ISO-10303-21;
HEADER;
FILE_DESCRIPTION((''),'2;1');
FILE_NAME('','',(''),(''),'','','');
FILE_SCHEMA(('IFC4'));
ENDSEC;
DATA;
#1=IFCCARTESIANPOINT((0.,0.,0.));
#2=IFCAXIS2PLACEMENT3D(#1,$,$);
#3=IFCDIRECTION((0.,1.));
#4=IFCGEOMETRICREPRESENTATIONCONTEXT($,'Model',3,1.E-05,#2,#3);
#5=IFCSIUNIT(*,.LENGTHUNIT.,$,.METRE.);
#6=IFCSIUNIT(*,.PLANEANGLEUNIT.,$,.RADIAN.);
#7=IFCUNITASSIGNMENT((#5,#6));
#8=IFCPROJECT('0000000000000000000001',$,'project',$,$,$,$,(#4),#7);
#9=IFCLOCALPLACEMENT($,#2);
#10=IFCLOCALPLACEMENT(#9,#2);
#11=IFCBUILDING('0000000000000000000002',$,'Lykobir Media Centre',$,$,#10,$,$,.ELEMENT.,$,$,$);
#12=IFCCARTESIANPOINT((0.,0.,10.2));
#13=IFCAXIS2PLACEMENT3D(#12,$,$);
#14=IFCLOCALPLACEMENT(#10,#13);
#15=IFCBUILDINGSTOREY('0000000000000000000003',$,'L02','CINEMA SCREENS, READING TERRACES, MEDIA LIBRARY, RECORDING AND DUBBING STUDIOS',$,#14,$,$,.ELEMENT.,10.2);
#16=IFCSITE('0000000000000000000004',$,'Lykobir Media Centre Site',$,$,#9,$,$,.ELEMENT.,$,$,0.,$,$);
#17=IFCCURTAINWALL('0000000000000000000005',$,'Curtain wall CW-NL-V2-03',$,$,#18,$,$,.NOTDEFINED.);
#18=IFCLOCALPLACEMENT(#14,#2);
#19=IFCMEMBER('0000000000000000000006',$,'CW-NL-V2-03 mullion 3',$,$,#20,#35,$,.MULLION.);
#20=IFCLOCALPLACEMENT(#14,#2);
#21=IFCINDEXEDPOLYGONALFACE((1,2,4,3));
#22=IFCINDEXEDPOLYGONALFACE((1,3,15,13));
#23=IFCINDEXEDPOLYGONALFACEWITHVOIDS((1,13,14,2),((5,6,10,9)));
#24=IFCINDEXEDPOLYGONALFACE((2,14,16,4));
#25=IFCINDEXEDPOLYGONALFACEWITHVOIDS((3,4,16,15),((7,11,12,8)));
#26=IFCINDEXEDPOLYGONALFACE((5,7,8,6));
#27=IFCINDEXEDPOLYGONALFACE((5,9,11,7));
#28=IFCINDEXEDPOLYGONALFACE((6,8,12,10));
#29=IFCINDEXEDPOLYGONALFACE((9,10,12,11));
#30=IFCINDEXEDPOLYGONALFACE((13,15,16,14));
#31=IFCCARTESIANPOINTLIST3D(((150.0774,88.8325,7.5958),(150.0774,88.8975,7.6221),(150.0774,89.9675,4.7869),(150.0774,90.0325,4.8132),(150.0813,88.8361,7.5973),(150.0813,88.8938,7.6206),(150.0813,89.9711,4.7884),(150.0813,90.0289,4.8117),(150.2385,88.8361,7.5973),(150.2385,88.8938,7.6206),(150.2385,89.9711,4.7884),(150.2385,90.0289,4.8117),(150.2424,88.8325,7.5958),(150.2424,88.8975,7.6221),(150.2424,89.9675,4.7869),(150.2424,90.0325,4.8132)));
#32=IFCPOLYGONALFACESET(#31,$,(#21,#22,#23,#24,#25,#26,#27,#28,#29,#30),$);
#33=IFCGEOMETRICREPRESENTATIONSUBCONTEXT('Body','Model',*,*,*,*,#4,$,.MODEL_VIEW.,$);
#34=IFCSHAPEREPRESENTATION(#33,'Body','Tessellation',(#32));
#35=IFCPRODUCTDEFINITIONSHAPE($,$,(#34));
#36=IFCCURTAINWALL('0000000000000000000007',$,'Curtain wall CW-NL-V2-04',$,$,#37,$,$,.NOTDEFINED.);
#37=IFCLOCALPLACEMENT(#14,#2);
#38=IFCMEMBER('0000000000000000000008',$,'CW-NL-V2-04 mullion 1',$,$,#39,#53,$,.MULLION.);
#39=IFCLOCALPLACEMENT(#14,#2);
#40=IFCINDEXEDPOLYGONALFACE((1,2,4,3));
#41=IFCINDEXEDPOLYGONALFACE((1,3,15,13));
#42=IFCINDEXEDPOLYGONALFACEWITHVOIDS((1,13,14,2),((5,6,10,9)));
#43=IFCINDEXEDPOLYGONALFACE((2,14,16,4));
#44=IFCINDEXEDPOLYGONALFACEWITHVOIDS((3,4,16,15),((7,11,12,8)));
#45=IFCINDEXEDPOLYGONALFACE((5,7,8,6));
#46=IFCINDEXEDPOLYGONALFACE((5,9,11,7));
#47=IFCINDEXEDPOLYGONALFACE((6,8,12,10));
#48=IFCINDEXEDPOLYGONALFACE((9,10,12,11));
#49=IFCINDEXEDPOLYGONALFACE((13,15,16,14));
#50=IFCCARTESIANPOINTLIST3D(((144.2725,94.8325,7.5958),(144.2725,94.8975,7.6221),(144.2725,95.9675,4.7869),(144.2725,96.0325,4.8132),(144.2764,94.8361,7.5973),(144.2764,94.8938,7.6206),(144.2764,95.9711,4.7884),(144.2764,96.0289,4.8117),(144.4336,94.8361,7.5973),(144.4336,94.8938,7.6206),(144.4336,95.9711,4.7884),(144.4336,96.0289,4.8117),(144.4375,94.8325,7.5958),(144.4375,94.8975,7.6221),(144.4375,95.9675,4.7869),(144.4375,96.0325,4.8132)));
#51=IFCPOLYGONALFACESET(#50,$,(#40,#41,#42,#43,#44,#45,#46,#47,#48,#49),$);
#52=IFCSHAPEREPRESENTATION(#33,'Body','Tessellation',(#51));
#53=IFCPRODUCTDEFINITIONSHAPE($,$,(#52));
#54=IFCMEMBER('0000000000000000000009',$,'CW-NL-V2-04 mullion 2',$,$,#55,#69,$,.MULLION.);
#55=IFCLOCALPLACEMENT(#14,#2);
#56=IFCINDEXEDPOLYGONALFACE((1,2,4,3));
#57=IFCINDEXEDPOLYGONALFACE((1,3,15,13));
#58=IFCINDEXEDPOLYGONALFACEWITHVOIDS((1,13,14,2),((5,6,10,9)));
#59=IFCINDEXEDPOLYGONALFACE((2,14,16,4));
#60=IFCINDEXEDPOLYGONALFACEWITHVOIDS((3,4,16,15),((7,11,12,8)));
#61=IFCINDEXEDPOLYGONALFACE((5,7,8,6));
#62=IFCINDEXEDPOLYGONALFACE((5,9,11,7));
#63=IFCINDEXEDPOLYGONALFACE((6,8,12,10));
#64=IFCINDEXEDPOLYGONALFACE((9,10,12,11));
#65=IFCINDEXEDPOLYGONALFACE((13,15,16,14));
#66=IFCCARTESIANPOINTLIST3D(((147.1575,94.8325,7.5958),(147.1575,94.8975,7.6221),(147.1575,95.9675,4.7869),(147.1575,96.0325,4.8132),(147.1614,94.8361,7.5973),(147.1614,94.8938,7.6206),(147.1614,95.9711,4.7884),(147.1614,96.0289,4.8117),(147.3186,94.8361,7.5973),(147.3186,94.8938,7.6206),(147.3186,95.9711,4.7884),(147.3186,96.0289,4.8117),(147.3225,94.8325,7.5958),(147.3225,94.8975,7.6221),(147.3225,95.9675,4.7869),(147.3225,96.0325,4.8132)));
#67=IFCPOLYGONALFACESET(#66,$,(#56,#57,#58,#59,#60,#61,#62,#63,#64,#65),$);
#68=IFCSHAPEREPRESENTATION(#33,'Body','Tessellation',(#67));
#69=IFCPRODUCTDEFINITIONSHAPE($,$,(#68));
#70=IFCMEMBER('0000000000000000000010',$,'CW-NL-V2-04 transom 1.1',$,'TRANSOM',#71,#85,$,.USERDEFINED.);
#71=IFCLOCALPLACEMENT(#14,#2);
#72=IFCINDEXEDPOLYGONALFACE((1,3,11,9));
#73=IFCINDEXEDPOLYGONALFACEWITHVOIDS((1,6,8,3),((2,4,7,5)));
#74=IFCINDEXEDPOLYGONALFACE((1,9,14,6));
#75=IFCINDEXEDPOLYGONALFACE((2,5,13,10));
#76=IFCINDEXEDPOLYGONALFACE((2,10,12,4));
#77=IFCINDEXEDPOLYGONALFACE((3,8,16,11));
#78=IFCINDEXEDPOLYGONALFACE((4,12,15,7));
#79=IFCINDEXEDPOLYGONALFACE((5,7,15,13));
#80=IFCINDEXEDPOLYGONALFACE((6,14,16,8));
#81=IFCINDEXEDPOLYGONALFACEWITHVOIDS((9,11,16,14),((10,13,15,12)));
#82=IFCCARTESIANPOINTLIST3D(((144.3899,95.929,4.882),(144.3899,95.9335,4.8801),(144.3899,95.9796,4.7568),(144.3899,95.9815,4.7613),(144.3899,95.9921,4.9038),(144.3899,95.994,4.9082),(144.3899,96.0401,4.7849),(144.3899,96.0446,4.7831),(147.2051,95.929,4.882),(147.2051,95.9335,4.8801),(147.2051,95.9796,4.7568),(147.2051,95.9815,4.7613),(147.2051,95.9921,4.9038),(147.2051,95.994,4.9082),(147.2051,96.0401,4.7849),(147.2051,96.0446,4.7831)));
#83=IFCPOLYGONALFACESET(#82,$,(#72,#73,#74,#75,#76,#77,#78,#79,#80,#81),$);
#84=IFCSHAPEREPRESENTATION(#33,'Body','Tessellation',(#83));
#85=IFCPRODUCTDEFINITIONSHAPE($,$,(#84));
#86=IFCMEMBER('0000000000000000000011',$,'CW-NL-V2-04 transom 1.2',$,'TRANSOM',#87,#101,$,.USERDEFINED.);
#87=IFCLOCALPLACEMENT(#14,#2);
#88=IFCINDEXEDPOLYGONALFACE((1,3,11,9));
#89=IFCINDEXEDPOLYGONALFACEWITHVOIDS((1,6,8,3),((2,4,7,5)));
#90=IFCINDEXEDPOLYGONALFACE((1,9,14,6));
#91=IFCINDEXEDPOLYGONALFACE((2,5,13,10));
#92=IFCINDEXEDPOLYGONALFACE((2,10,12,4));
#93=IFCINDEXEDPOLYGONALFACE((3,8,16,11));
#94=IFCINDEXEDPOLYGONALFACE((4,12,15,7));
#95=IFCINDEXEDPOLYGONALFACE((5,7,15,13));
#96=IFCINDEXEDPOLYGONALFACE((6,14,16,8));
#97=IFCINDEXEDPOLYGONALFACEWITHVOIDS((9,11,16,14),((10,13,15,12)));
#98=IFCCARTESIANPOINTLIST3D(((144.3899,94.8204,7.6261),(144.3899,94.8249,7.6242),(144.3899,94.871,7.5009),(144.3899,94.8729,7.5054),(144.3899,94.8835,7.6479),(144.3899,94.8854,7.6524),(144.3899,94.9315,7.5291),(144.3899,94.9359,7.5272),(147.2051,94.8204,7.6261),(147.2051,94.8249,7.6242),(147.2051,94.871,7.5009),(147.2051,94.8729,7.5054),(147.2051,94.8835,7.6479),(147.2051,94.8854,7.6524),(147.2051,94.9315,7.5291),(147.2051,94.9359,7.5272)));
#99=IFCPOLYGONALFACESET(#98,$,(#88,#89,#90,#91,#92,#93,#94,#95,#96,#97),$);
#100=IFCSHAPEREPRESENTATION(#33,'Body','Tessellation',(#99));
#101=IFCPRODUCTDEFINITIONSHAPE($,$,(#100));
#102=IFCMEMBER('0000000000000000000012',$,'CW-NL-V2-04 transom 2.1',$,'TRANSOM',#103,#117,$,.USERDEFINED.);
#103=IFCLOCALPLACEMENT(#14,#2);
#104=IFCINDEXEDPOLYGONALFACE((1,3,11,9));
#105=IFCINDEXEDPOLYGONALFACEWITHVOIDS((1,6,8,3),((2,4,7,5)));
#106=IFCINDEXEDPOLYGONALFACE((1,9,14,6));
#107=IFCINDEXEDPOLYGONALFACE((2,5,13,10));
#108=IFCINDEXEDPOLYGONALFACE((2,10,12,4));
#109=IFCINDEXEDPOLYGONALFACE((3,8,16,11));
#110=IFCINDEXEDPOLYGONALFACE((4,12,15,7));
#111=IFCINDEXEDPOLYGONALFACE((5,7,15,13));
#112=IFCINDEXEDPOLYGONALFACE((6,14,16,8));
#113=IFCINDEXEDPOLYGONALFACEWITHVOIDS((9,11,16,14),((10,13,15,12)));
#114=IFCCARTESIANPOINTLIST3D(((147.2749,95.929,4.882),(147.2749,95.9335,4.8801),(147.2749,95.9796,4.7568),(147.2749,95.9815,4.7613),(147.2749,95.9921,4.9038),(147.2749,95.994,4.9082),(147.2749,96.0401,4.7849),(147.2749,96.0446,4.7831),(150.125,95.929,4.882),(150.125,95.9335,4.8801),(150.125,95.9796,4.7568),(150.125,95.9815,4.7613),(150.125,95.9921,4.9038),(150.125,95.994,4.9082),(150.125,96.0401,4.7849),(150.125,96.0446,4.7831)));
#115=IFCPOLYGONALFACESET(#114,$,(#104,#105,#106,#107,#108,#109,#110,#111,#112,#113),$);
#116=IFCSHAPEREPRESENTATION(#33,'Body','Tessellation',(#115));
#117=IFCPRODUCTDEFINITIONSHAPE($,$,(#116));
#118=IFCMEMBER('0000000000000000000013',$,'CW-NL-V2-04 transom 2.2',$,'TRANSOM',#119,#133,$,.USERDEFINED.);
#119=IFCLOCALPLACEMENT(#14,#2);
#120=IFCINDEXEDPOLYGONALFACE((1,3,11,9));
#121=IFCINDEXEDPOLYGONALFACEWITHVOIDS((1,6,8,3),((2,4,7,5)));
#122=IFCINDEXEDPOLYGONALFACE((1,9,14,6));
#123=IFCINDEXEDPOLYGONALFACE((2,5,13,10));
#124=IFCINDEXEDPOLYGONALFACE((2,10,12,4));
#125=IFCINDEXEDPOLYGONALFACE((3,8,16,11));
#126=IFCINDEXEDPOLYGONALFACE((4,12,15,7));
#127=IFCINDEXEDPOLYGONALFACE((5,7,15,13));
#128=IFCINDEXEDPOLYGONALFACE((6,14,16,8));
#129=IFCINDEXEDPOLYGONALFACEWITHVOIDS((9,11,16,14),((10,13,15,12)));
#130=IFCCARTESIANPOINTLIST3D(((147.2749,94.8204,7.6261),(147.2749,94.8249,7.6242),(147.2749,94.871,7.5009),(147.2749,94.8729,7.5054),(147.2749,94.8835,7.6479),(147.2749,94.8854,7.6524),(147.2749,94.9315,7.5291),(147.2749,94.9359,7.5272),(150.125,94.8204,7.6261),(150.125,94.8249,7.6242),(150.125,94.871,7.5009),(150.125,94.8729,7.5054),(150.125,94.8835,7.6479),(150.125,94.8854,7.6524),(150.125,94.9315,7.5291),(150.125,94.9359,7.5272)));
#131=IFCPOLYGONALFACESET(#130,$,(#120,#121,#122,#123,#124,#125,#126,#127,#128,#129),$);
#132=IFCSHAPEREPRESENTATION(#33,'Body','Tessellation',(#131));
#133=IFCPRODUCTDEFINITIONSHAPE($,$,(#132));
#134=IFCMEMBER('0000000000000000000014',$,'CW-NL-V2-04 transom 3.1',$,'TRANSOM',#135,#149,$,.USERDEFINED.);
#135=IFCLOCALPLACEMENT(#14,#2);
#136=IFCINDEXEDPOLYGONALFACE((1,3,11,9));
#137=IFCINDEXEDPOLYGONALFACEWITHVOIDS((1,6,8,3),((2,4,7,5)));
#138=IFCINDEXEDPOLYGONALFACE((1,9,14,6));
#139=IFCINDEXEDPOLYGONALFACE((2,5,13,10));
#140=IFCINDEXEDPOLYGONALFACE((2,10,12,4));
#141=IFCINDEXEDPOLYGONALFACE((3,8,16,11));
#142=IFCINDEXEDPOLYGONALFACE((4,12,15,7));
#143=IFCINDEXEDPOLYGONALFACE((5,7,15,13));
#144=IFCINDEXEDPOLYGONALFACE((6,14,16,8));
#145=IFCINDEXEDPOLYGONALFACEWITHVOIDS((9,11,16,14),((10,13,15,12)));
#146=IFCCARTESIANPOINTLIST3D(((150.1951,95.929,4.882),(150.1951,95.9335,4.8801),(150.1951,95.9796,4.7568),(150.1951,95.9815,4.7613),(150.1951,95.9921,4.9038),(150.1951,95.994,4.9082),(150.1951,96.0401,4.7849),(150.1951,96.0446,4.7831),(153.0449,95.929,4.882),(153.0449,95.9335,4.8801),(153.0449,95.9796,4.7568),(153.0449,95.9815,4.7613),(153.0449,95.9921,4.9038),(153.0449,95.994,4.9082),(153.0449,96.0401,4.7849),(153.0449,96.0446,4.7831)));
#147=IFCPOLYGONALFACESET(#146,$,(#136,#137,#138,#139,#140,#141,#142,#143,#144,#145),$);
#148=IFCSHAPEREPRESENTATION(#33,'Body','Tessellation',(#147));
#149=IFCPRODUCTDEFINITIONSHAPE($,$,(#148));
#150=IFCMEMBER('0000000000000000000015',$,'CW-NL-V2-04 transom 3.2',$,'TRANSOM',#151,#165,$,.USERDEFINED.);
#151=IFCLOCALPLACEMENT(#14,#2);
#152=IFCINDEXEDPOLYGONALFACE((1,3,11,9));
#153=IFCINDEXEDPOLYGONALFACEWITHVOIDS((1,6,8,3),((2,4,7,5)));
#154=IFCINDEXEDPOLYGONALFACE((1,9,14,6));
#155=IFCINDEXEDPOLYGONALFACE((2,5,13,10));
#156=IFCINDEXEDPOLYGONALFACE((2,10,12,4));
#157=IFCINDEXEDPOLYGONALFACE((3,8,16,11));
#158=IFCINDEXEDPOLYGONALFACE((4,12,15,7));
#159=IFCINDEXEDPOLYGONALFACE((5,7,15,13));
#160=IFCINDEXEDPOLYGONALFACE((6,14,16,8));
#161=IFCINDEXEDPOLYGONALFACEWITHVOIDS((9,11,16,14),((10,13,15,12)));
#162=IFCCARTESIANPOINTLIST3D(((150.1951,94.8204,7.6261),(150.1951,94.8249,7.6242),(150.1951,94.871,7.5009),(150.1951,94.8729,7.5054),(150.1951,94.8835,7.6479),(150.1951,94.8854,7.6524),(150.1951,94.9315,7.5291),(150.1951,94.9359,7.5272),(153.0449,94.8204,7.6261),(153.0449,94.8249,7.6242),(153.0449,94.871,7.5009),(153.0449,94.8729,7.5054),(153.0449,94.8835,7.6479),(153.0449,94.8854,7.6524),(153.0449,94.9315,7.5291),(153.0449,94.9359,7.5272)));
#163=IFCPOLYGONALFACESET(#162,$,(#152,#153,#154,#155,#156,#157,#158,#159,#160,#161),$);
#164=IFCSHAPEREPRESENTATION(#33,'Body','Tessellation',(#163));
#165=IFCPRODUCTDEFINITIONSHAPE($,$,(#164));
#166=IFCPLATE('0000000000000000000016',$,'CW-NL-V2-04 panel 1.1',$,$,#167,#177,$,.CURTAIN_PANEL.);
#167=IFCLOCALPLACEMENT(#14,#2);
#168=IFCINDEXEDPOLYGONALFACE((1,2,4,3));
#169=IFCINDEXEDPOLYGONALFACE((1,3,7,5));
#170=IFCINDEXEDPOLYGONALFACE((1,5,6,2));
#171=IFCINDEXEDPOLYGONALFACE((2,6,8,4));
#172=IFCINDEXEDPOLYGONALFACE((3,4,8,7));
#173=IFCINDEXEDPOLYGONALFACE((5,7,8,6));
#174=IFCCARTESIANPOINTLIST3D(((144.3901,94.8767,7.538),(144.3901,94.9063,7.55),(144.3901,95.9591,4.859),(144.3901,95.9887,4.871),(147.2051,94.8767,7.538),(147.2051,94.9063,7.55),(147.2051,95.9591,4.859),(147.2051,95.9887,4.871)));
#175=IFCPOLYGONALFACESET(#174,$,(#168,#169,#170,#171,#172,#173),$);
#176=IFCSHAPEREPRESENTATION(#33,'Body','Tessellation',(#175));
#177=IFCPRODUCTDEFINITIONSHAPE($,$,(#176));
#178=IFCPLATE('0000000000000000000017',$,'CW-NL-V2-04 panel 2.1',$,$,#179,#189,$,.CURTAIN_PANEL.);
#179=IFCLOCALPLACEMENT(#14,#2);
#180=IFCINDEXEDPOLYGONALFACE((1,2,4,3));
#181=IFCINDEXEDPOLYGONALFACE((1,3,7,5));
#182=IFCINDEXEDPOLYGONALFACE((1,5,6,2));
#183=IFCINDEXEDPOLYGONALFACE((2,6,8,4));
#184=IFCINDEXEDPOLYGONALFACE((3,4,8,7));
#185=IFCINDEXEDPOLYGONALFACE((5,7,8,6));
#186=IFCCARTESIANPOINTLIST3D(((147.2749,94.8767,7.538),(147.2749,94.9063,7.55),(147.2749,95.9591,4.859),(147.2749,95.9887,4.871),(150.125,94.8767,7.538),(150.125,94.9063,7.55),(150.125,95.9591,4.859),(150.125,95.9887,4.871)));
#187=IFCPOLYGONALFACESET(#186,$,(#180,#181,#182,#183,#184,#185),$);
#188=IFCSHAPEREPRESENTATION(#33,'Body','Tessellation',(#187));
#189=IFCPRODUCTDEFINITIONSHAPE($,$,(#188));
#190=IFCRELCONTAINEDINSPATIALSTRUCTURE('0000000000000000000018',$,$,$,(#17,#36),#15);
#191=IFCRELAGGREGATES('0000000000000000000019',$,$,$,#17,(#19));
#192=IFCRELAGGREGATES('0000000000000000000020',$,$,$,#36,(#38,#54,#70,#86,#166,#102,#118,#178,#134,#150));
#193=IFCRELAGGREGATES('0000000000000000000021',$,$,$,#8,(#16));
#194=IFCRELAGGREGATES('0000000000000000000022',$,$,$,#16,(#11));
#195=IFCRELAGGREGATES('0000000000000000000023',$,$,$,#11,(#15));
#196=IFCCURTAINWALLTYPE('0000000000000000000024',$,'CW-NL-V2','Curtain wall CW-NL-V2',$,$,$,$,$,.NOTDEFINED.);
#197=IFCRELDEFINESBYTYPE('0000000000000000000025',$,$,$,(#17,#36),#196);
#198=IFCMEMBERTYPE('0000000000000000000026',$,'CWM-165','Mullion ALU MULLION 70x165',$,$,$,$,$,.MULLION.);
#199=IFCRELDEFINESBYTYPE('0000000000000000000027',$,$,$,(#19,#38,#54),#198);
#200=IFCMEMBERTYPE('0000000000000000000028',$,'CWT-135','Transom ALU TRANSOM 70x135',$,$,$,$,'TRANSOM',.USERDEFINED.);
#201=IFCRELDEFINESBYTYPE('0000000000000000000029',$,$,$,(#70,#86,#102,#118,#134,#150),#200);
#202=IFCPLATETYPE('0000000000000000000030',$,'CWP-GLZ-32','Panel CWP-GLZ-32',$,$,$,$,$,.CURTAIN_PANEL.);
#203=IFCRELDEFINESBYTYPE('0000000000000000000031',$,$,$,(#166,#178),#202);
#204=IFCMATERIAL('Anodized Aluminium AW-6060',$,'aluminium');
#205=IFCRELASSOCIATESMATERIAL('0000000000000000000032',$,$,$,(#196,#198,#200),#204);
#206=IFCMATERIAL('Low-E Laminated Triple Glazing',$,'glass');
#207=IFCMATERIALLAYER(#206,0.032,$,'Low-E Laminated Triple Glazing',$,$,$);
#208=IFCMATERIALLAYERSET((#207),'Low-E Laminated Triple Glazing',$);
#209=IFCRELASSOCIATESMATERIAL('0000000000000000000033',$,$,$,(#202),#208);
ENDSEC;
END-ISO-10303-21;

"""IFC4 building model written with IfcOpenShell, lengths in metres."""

from ifc_helpers import new_model, si_unit, direction, frame, origin, origin_2d, place, context, subcontext, project, spatial, rectangle, hollow_rectangle, extrude, material, layer, layer_set, material_profile, profile_set, type_object, element, aggregate, save


model = new_model("IFC4")

# Units and contexts
model_context = context("Model", 3, precision=1e-05, world=origin(), true_north=direction((0.0, 1.0)))
body_context = subcontext(model_context, "Body", "Model", "MODEL_VIEW")
ifc_project = project(units=[si_unit("LENGTHUNIT", "METRE"), si_unit("PLANEANGLEUNIT", "RADIAN")], contexts=[model_context])

# Site, building, storey
site_placement = place(None, origin())
site = spatial("IfcSite", under=ifc_project, at=site_placement, Name="Lykobir Media Centre Site", CompositionType="ELEMENT", RefElevation=0.0)
building_placement = place(site_placement, origin())
building = spatial("IfcBuilding", under=site, at=building_placement, Name="Lykobir Media Centre", CompositionType="ELEMENT")
storey_placement = place(building_placement, frame((0.0, 0.0, 10.2)))
storey = spatial("IfcBuildingStorey", under=building, at=storey_placement, Name="L02", Description="CINEMA SCREENS, READING TERRACES, MEDIA LIBRARY, RECORDING AND DUBBING STUDIOS", CompositionType="ELEMENT", Elevation=10.2)

# Curtain wall, member
ifc_material_1 = material(Name="Anodized Aluminium AW-6060", Category="aluminium")
curtain_wall_type = type_object("IfcCurtainWallType", Name="CW-NL-V2", Description="Curtain wall CW-NL-V2", PredefinedType="NOTDEFINED", material=ifc_material_1)
curtain_wall_1_placement = place(storey_placement, origin())
curtain_wall_1 = element("IfcCurtainWall", 1, at=curtain_wall_1_placement, inside=storey, type_object=curtain_wall_type, Name="Curtain wall CW-NL-V2-03", PredefinedType="NOTDEFINED")
ifc_material_profile_1 = material_profile(ifc_material_1, hollow_rectangle(XDim=0.0701, YDim=0.165, WallThickness=0.0039, at=origin_2d()), Name="ALU MULLION 70x165")
ifc_profile_set_1 = profile_set([ifc_material_profile_1], Name="Anodized Aluminium AW-6060")
member_type_1 = type_object("IfcMemberType", Name="CWM-165", Description="Mullion ALU MULLION 70x165", PredefinedType="MULLION", material=ifc_profile_set_1)
member_1_placement = place(storey_placement, frame((150.1599, 90.0, 4.8), z_axis=(0.0, -0.374654, 0.927165), x_axis=(0.0, 0.927165, 0.374654)))
member_1 = element("IfcMember", 2, at=member_1_placement, type_object=member_type_1, Name="CW-NL-V2-03 mullion 3", PredefinedType="MULLION", context=body_context, shape_type="SweptSolid", body=[
    extrude(hollow_rectangle(XDim=0.0701, YDim=0.165, WallThickness=0.0039, at=origin_2d()), origin(), (0.0, 0.0, 1.0), 3.0295),
])
aggregate(curtain_wall_1, [member_1])

# Curtain wall, members, plates
curtain_wall_2_placement = place(storey_placement, origin())
curtain_wall_2 = element("IfcCurtainWall", 3, at=curtain_wall_2_placement, inside=storey, type_object=curtain_wall_type, Name="Curtain wall CW-NL-V2-04", PredefinedType="NOTDEFINED")
member_2_placement = place(storey_placement, frame((144.355, 96.0, 4.8), z_axis=(0.0, -0.374654, 0.927165), x_axis=(0.0, 0.927165, 0.374654)))
member_2 = element("IfcMember", 4, at=member_2_placement, type_object=member_type_1, Name="CW-NL-V2-04 mullion 1", PredefinedType="MULLION", context=body_context, shape_type="SweptSolid", body=[
    extrude(hollow_rectangle(XDim=0.0701, YDim=0.165, WallThickness=0.0039, at=origin_2d()), origin(), (0.0, 0.0, 1.0), 3.0295),
])
member_3_placement = place(storey_placement, frame((147.24, 96.0, 4.8), z_axis=(0.0, -0.374654, 0.927165), x_axis=(0.0, 0.927165, 0.374654)))
member_3 = element("IfcMember", 5, at=member_3_placement, type_object=member_type_1, Name="CW-NL-V2-04 mullion 2", PredefinedType="MULLION", context=body_context, shape_type="SweptSolid", body=[
    extrude(hollow_rectangle(XDim=0.0701, YDim=0.165, WallThickness=0.0039, at=origin_2d()), origin(), (0.0, 0.0, 1.0), 3.0295),
])
ifc_material_profile_2 = material_profile(ifc_material_1, hollow_rectangle(XDim=0.0701, YDim=0.135, WallThickness=0.0034, at=origin_2d()), Name="ALU TRANSOM 70x135")
ifc_profile_set_2 = profile_set([ifc_material_profile_2], Name="Anodized Aluminium AW-6060")
member_type_2 = type_object("IfcMemberType", Name="CWT-135", Description="Transom ALU TRANSOM 70x135", ElementType="TRANSOM", PredefinedType="USERDEFINED", material=ifc_profile_set_2)
member_4_placement = place(storey_placement, frame((144.3899, 95.9868, 4.8325), z_axis=(1.0, 0.0, 0.0), x_axis=(0.0, 0.927184, 0.374607)))
member_4 = element("IfcMember", 6, at=member_4_placement, type_object=member_type_2, Name="CW-NL-V2-04 transom 1.1", ObjectType="TRANSOM", PredefinedType="USERDEFINED", context=body_context, shape_type="SweptSolid", body=[
    extrude(hollow_rectangle(XDim=0.0701, YDim=0.135, WallThickness=0.0034, at=origin_2d()), origin(), (0.0, 0.0, 1.0), 2.8152),
])
member_5_placement = place(storey_placement, frame((144.3899, 94.8782, 7.5767), z_axis=(1.0, 0.0, 0.0), x_axis=(0.0, 0.927184, 0.374607)))
member_5 = element("IfcMember", 7, at=member_5_placement, type_object=member_type_2, Name="CW-NL-V2-04 transom 1.2", ObjectType="TRANSOM", PredefinedType="USERDEFINED", context=body_context, shape_type="SweptSolid", body=[
    extrude(hollow_rectangle(XDim=0.0701, YDim=0.135, WallThickness=0.0034, at=origin_2d()), origin(), (0.0, 0.0, 1.0), 2.8152),
])
member_6_placement = place(storey_placement, frame((147.2749, 95.9868, 4.8325), z_axis=(1.0, 0.0, 0.0), x_axis=(0.0, 0.927184, 0.374607)))
member_6 = element("IfcMember", 8, at=member_6_placement, type_object=member_type_2, Name="CW-NL-V2-04 transom 2.1", ObjectType="TRANSOM", PredefinedType="USERDEFINED", context=body_context, shape_type="SweptSolid", body=[
    extrude(hollow_rectangle(XDim=0.0701, YDim=0.135, WallThickness=0.0034, at=origin_2d()), origin(), (0.0, 0.0, 1.0), 2.8501),
])
member_7_placement = place(storey_placement, frame((147.2749, 94.8782, 7.5767), z_axis=(1.0, 0.0, 0.0), x_axis=(0.0, 0.927184, 0.374607)))
member_7 = element("IfcMember", 9, at=member_7_placement, type_object=member_type_2, Name="CW-NL-V2-04 transom 2.2", ObjectType="TRANSOM", PredefinedType="USERDEFINED", context=body_context, shape_type="SweptSolid", body=[
    extrude(hollow_rectangle(XDim=0.0701, YDim=0.135, WallThickness=0.0034, at=origin_2d()), origin(), (0.0, 0.0, 1.0), 2.8501),
])
member_8_placement = place(storey_placement, frame((150.1951, 95.9868, 4.8325), z_axis=(1.0, 0.0, 0.0), x_axis=(0.0, 0.927184, 0.374607)))
member_8 = element("IfcMember", 10, at=member_8_placement, type_object=member_type_2, Name="CW-NL-V2-04 transom 3.1", ObjectType="TRANSOM", PredefinedType="USERDEFINED", context=body_context, shape_type="SweptSolid", body=[
    extrude(hollow_rectangle(XDim=0.0701, YDim=0.135, WallThickness=0.0034, at=origin_2d()), origin(), (0.0, 0.0, 1.0), 2.8499),
])
member_9_placement = place(storey_placement, frame((150.1951, 94.8782, 7.5767), z_axis=(1.0, 0.0, 0.0), x_axis=(0.0, 0.927184, 0.374607)))
member_9 = element("IfcMember", 11, at=member_9_placement, type_object=member_type_2, Name="CW-NL-V2-04 transom 3.2", ObjectType="TRANSOM", PredefinedType="USERDEFINED", context=body_context, shape_type="SweptSolid", body=[
    extrude(hollow_rectangle(XDim=0.0701, YDim=0.135, WallThickness=0.0034, at=origin_2d()), origin(), (0.0, 0.0, 1.0), 2.8499),
])
ifc_material_2 = material(Name="Low-E Laminated Triple Glazing", Category="glass")
ifc_layer_1 = layer(ifc_material_2, 0.032, Name="Low-E Laminated Triple Glazing")
ifc_layer_set_1 = layer_set([ifc_layer_1], Name="Low-E Laminated Triple Glazing")
plate_type_1 = type_object("IfcPlateType", Name="CWP-GLZ-32", Description="Panel CWP-GLZ-32", PredefinedType="CURTAIN_PANEL", material=ifc_layer_set_1)
plate_1_placement = place(storey_placement, frame((145.7976, 95.9739, 4.865), z_axis=(0.0, -0.374607, 0.927184), x_axis=(1.0, 0.0, 0.0)))
plate_1 = element("IfcPlate", 12, at=plate_1_placement, type_object=plate_type_1, Name="CW-NL-V2-04 panel 1.1", PredefinedType="CURTAIN_PANEL", context=body_context, shape_type="SweptSolid", body=[
    extrude(rectangle(XDim=2.8149, YDim=0.032, at=origin_2d()), origin(), (0.0, 0.0, 1.0), 2.8894),
])
plate_2_placement = place(storey_placement, frame((148.7, 95.9739, 4.865), z_axis=(0.0, -0.374607, 0.927184), x_axis=(1.0, 0.0, 0.0)))
plate_2 = element("IfcPlate", 13, at=plate_2_placement, type_object=plate_type_1, Name="CW-NL-V2-04 panel 2.1", PredefinedType="CURTAIN_PANEL", context=body_context, shape_type="SweptSolid", body=[
    extrude(rectangle(XDim=2.8501, YDim=0.032, at=origin_2d()), origin(), (0.0, 0.0, 1.0), 2.8894),
])
aggregate(curtain_wall_2, [member_2, member_3, member_4, member_5, plate_1, member_6, member_7, plate_2, member_8, member_9])

save(model, "model.ifc")
